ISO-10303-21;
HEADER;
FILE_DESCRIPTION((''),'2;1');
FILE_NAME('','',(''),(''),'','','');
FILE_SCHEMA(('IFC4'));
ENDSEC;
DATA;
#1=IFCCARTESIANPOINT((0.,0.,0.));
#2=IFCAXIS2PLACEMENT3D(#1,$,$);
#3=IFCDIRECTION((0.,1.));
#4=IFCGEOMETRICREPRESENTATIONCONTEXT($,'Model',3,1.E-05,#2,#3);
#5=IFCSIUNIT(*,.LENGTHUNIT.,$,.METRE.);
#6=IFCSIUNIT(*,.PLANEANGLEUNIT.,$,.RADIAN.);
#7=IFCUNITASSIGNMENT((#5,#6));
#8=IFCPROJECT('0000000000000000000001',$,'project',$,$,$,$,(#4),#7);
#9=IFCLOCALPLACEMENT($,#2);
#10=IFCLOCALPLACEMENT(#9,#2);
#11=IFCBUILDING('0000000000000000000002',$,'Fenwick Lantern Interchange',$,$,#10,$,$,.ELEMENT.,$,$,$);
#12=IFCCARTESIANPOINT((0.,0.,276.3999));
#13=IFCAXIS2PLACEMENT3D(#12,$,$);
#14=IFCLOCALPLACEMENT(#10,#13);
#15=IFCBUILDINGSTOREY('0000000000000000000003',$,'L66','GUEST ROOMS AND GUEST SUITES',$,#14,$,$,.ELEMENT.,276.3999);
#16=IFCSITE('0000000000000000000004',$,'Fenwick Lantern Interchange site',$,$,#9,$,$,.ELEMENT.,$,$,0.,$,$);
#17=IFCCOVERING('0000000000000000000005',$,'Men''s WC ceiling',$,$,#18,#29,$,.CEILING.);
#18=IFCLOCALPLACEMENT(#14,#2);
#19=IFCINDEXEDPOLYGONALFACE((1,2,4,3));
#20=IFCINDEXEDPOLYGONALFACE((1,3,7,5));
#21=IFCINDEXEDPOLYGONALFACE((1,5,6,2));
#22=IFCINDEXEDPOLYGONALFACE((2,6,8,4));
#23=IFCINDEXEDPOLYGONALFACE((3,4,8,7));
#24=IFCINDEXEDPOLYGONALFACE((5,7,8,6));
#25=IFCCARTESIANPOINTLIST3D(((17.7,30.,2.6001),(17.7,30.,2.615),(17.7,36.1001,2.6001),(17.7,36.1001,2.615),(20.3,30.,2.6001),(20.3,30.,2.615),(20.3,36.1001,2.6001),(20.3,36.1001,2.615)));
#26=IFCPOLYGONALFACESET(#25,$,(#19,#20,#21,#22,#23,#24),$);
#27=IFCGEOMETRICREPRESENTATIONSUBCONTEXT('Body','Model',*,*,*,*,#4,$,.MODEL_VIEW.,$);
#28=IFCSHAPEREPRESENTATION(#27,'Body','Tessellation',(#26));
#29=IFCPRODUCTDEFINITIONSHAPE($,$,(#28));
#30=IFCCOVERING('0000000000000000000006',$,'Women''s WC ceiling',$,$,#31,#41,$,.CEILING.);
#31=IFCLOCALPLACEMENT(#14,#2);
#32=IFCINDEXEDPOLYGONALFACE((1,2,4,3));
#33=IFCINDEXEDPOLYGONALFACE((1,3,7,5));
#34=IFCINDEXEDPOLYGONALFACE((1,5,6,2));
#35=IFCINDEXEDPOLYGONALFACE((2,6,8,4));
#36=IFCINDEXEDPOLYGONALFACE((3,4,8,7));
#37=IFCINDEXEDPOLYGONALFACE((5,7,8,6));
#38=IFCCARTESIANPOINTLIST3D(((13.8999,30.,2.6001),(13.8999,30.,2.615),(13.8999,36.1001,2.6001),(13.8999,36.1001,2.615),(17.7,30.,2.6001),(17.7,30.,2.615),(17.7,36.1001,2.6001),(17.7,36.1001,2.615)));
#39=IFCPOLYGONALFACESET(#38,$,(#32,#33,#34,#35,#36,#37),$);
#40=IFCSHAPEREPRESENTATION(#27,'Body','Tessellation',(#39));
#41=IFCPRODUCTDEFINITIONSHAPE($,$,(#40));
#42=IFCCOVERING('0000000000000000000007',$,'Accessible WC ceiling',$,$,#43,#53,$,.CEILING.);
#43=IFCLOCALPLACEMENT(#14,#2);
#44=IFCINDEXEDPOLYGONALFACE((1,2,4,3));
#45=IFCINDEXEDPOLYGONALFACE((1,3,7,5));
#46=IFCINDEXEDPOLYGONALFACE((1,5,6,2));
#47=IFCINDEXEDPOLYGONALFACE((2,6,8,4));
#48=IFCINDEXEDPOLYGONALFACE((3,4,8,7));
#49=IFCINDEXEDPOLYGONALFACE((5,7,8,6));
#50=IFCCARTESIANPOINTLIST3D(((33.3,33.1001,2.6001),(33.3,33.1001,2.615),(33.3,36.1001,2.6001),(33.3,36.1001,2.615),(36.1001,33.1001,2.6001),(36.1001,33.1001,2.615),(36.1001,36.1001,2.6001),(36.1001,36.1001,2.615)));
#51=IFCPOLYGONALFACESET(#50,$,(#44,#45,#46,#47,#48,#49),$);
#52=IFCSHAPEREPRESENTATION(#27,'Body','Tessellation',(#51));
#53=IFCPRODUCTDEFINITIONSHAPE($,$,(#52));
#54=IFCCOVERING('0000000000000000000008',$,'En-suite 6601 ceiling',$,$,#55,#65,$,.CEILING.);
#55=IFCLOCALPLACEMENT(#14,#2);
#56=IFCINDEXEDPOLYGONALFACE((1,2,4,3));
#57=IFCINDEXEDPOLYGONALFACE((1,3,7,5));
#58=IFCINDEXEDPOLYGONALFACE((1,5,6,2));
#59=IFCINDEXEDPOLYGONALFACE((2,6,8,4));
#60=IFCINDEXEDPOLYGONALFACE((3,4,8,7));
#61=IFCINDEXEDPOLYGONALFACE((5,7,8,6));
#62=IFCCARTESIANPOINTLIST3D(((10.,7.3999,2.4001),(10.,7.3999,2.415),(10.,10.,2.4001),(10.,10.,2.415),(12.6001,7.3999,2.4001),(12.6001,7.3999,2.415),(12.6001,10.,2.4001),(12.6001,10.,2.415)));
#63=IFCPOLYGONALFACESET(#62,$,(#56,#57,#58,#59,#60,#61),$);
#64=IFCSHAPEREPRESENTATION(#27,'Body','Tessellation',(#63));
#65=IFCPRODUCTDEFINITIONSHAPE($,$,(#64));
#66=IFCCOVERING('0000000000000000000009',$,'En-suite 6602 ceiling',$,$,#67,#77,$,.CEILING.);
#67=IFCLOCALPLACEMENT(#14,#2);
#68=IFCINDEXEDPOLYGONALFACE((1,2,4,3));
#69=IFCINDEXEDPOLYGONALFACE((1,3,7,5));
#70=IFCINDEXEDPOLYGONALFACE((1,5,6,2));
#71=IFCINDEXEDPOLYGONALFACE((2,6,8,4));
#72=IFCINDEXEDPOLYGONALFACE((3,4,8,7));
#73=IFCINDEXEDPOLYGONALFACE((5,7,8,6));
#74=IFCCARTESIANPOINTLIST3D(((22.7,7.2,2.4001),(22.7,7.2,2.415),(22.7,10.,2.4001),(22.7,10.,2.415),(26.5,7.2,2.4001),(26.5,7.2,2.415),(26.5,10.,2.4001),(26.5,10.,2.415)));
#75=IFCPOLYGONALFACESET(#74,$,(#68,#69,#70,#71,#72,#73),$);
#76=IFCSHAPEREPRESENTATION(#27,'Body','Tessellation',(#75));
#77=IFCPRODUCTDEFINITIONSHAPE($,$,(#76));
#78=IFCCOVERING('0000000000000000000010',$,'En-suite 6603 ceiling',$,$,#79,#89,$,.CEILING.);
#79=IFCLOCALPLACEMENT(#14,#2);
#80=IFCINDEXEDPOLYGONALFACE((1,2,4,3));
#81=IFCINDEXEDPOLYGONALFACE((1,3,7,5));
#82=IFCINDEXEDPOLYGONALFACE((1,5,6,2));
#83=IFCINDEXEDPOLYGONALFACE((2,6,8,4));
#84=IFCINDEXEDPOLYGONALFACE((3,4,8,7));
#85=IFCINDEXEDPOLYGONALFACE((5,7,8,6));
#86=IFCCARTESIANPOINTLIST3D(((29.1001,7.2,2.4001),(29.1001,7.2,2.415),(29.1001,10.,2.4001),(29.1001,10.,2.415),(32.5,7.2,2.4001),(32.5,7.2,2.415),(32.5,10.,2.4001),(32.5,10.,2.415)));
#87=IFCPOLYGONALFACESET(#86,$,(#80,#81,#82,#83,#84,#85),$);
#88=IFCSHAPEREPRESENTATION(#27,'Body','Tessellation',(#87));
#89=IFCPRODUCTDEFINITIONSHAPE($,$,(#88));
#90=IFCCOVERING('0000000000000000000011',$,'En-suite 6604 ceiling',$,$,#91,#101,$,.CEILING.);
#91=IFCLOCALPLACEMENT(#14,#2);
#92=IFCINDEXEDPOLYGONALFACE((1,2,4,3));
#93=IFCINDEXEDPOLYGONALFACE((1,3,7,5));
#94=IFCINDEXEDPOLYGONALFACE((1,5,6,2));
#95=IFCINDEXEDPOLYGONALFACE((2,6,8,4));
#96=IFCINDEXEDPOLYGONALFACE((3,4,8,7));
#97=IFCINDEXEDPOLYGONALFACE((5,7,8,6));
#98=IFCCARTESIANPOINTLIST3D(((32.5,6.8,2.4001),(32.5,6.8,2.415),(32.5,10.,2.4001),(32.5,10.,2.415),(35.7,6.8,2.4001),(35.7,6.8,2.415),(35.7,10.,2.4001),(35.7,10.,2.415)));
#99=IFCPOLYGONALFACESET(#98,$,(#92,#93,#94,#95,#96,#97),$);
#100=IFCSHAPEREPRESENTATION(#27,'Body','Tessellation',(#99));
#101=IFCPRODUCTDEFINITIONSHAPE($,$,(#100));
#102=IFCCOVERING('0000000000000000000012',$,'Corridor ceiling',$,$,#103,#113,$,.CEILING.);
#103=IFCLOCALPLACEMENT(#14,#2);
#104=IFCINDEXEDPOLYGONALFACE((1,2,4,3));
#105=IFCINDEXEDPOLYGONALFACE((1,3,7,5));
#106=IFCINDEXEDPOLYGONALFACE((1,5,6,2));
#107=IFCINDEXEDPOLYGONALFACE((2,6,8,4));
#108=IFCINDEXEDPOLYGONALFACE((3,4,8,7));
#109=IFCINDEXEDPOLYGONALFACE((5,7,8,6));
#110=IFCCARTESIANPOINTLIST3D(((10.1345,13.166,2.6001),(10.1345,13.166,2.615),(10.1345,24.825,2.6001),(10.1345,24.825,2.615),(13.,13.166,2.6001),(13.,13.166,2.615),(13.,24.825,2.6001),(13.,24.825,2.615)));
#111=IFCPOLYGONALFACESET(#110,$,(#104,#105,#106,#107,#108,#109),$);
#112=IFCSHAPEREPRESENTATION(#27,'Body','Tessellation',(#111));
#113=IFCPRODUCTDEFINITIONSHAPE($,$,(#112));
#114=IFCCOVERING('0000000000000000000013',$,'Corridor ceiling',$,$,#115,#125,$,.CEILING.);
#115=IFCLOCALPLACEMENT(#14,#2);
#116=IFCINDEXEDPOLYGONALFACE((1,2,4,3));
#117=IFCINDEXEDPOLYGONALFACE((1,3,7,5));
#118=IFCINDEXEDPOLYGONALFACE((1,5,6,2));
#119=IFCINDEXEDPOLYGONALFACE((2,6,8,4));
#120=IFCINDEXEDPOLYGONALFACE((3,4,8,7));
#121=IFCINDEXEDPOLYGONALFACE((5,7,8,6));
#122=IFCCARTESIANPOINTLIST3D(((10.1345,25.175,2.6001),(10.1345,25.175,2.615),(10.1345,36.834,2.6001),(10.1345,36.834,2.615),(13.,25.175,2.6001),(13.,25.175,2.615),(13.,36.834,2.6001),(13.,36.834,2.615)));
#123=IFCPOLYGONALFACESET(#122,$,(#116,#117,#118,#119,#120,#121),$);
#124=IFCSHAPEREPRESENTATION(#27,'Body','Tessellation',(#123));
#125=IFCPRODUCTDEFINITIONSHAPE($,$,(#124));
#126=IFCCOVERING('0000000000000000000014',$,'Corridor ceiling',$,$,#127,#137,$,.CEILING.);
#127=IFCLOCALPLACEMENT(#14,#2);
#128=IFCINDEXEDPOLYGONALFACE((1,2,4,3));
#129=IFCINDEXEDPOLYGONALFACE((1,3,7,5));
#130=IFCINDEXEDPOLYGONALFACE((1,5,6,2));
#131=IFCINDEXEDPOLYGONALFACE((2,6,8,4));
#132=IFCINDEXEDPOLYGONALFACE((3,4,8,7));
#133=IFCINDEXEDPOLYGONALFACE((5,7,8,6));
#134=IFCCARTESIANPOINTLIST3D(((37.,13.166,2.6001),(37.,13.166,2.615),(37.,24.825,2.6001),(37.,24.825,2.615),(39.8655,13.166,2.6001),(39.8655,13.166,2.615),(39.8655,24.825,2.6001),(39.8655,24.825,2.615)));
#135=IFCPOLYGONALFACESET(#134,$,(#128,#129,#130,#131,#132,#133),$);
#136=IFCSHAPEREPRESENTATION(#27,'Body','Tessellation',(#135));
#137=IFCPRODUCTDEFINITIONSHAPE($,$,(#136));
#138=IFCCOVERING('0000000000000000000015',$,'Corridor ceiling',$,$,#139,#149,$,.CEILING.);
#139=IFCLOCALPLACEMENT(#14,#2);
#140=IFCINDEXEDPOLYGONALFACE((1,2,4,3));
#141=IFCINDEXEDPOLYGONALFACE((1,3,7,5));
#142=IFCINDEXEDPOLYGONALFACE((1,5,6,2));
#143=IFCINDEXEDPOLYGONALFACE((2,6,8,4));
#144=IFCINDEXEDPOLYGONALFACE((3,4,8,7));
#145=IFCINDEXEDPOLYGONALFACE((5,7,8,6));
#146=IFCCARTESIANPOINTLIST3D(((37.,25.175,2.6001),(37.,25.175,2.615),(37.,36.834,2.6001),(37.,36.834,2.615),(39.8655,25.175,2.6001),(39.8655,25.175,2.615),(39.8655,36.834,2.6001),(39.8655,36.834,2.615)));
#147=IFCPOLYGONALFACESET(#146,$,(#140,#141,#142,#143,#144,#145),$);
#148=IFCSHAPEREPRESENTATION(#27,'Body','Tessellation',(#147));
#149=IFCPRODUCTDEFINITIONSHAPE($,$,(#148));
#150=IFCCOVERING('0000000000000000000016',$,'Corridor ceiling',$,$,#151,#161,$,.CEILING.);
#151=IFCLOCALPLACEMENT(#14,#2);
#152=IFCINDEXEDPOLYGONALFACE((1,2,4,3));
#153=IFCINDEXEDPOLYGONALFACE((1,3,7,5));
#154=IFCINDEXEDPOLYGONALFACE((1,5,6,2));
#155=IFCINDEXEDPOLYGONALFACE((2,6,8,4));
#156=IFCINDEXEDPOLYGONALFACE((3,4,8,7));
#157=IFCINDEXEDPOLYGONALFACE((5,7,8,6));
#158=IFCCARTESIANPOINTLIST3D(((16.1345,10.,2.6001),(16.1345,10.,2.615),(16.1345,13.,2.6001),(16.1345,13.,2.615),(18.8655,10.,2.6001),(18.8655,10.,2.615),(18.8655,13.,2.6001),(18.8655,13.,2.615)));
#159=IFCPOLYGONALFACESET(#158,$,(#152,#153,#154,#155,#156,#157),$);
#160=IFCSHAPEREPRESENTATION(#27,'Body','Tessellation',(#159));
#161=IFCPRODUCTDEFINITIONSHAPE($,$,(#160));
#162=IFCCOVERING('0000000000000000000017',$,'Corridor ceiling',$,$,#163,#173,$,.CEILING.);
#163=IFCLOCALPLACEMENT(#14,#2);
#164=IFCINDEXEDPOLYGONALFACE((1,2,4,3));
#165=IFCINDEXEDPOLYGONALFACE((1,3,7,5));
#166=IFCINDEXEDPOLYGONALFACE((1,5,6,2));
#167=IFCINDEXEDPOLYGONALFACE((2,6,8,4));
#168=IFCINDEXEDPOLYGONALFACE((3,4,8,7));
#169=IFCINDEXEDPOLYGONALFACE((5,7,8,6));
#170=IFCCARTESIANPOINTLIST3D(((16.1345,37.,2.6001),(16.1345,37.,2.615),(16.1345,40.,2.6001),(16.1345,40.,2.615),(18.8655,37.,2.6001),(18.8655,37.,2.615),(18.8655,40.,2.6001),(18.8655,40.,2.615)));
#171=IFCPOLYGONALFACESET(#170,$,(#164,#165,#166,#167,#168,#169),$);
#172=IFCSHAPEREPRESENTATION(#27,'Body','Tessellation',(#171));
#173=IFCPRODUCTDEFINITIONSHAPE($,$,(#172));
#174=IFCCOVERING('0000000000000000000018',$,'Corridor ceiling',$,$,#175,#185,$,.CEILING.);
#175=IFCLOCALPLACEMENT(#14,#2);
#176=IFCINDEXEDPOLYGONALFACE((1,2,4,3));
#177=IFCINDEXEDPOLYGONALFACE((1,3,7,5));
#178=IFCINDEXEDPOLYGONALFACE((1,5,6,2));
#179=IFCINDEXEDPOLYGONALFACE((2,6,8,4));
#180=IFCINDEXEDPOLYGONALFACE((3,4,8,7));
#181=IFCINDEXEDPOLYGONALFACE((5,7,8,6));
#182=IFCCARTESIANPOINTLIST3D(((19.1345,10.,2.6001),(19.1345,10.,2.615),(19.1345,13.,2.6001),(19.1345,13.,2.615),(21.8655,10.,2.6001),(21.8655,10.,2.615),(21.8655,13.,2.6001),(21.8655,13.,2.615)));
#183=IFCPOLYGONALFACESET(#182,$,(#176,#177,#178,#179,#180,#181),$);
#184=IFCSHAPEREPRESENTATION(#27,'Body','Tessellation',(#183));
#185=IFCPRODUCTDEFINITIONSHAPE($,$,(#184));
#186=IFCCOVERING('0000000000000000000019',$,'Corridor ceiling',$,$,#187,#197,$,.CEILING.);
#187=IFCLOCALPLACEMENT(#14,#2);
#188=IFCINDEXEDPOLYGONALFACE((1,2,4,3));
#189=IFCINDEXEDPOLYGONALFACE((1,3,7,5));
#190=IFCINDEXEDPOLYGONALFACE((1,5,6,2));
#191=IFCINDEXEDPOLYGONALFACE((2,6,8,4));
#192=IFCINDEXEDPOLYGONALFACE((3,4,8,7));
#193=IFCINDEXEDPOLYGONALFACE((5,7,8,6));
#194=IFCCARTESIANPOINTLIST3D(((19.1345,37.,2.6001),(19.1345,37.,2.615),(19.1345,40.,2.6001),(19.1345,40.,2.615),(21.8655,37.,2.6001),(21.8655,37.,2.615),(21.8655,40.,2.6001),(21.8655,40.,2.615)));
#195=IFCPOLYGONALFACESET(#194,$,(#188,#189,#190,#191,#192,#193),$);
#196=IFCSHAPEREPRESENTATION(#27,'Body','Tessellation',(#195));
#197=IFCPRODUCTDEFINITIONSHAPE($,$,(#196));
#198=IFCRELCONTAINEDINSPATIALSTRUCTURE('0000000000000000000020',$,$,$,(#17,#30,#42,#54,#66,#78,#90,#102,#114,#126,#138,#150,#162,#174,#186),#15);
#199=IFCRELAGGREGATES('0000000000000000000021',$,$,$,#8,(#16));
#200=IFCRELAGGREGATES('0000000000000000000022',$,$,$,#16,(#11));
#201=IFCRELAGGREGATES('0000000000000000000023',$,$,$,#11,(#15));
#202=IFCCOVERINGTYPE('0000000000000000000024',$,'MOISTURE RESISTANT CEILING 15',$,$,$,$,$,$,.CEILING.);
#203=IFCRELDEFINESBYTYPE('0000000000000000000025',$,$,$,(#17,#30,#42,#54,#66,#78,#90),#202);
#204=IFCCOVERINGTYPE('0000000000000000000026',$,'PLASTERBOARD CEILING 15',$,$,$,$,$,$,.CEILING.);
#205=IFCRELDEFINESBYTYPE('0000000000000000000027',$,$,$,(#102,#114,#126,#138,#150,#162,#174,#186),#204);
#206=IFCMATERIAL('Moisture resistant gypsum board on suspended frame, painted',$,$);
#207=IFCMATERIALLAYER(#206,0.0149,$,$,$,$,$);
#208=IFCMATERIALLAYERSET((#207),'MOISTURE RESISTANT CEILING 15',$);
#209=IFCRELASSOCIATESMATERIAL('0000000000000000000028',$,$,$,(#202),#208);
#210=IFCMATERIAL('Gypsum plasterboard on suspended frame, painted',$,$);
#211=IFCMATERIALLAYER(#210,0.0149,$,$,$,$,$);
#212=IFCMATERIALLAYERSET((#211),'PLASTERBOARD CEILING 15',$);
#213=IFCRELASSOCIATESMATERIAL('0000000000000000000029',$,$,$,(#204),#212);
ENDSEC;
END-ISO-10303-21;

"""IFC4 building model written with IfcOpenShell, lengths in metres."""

from ifc_helpers import new_model, si_unit, direction, frame, origin, place, context, subcontext, project, spatial, polyline, outline, extrude, material, layer, layer_set, type_object, element, save


model = new_model("IFC4")

# Units and contexts
model_context = context("Model", 3, precision=1e-05, world=origin(), true_north=direction((0.0, 1.0)))
body_context = subcontext(model_context, "Body", "Model", "MODEL_VIEW")
ifc_project = project(units=[si_unit("LENGTHUNIT", "METRE"), si_unit("PLANEANGLEUNIT", "RADIAN")], contexts=[model_context])

# Site, building, storey
site_placement = place(None, origin())
site = spatial("IfcSite", under=ifc_project, at=site_placement, Name="Fenwick Lantern Interchange site", CompositionType="ELEMENT", RefElevation=0.0)
building_placement = place(site_placement, origin())
building = spatial("IfcBuilding", under=site, at=building_placement, Name="Fenwick Lantern Interchange", CompositionType="ELEMENT")
storey_placement = place(building_placement, frame((0.0, 0.0, 276.3999)))
storey = spatial("IfcBuildingStorey", under=building, at=storey_placement, Name="L66", Description="GUEST ROOMS AND GUEST SUITES", CompositionType="ELEMENT", Elevation=276.3999)

# Coverings
ifc_material_1 = material(Name="Moisture resistant gypsum board on suspended frame, painted")
ifc_layer_1 = layer(ifc_material_1, 0.0149)
ifc_layer_set_1 = layer_set([ifc_layer_1], Name="MOISTURE RESISTANT CEILING 15")
covering_type_1 = type_object("IfcCoveringType", Name="MOISTURE RESISTANT CEILING 15", PredefinedType="CEILING", material=ifc_layer_set_1)
covering_1_placement = place(storey_placement, frame((0.0, 0.0, 2.6001)))
element("IfcCovering", 1, at=covering_1_placement, inside=storey, type_object=covering_type_1, Name="Men's WC ceiling", PredefinedType="CEILING", context=body_context, shape_type="SweptSolid", body=[
    extrude(outline(polyline([(20.3, 36.1001), (17.7, 36.1001), (17.7, 30.0), (20.3, 30.0), (20.3, 36.1001)])), origin(), (0.0, 0.0, 1.0), 0.0149),
])
covering_2_placement = place(storey_placement, frame((0.0, 0.0, 2.6001)))
element("IfcCovering", 2, at=covering_2_placement, inside=storey, type_object=covering_type_1, Name="Women's WC ceiling", PredefinedType="CEILING", context=body_context, shape_type="SweptSolid", body=[
    extrude(outline(polyline([(17.7, 36.1001), (13.8999, 36.1001), (13.8999, 30.0), (17.7, 30.0), (17.7, 36.1001)])), origin(), (0.0, 0.0, 1.0), 0.0149),
])
covering_3_placement = place(storey_placement, frame((0.0, 0.0, 2.6001)))
element("IfcCovering", 3, at=covering_3_placement, inside=storey, type_object=covering_type_1, Name="Accessible WC ceiling", PredefinedType="CEILING", context=body_context, shape_type="SweptSolid", body=[
    extrude(outline(polyline([(36.1001, 36.1001), (33.3, 36.1001), (33.3, 33.1001), (36.1001, 33.1001), (36.1001, 36.1001)])), origin(), (0.0, 0.0, 1.0), 0.0149),
])
covering_4_placement = place(storey_placement, frame((0.0, 0.0, 2.4001)))
element("IfcCovering", 4, at=covering_4_placement, inside=storey, type_object=covering_type_1, Name="En-suite 6601 ceiling", PredefinedType="CEILING", context=body_context, shape_type="SweptSolid", body=[
    extrude(outline(polyline([(10.0, 7.3999), (12.6001, 7.3999), (12.6001, 10.0), (10.0, 10.0), (10.0, 7.3999)])), origin(), (0.0, 0.0, 1.0), 0.0149),
])
covering_5_placement = place(storey_placement, frame((0.0, 0.0, 2.4001)))
element("IfcCovering", 5, at=covering_5_placement, inside=storey, type_object=covering_type_1, Name="En-suite 6602 ceiling", PredefinedType="CEILING", context=body_context, shape_type="SweptSolid", body=[
    extrude(outline(polyline([(22.7, 7.2), (26.5, 7.2), (26.5, 10.0), (22.7, 10.0), (22.7, 7.2)])), origin(), (0.0, 0.0, 1.0), 0.0149),
])
covering_6_placement = place(storey_placement, frame((0.0, 0.0, 2.4001)))
element("IfcCovering", 6, at=covering_6_placement, inside=storey, type_object=covering_type_1, Name="En-suite 6603 ceiling", PredefinedType="CEILING", context=body_context, shape_type="SweptSolid", body=[
    extrude(outline(polyline([(29.1001, 7.2), (32.5, 7.2), (32.5, 10.0), (29.1001, 10.0), (29.1001, 7.2)])), origin(), (0.0, 0.0, 1.0), 0.0149),
])
covering_7_placement = place(storey_placement, frame((0.0, 0.0, 2.4001)))
element("IfcCovering", 7, at=covering_7_placement, inside=storey, type_object=covering_type_1, Name="En-suite 6604 ceiling", PredefinedType="CEILING", context=body_context, shape_type="SweptSolid", body=[
    extrude(outline(polyline([(32.5, 6.8), (35.7, 6.8), (35.7, 10.0), (32.5, 10.0), (32.5, 6.8)])), origin(), (0.0, 0.0, 1.0), 0.0149),
])
ifc_material_2 = material(Name="Gypsum plasterboard on suspended frame, painted")
ifc_layer_2 = layer(ifc_material_2, 0.0149)
ifc_layer_set_2 = layer_set([ifc_layer_2], Name="PLASTERBOARD CEILING 15")
covering_type_2 = type_object("IfcCoveringType", Name="PLASTERBOARD CEILING 15", PredefinedType="CEILING", material=ifc_layer_set_2)
covering_8_placement = place(storey_placement, frame((0.0, 0.0, 2.6001)))
element("IfcCovering", 8, at=covering_8_placement, inside=storey, type_object=covering_type_2, Name="Corridor ceiling", PredefinedType="CEILING", context=body_context, shape_type="SweptSolid", body=[
    extrude(outline(polyline([(13.0, 13.166), (13.0, 24.825), (10.1345, 24.825), (10.1345, 13.166), (13.0, 13.166)])), origin(), (0.0, 0.0, 1.0), 0.0149),
])
covering_9_placement = place(storey_placement, frame((0.0, 0.0, 2.6001)))
element("IfcCovering", 9, at=covering_9_placement, inside=storey, type_object=covering_type_2, Name="Corridor ceiling", PredefinedType="CEILING", context=body_context, shape_type="SweptSolid", body=[
    extrude(outline(polyline([(13.0, 25.175), (13.0, 36.834), (10.1345, 36.834), (10.1345, 25.175), (13.0, 25.175)])), origin(), (0.0, 0.0, 1.0), 0.0149),
])
covering_10_placement = place(storey_placement, frame((0.0, 0.0, 2.6001)))
element("IfcCovering", 10, at=covering_10_placement, inside=storey, type_object=covering_type_2, Name="Corridor ceiling", PredefinedType="CEILING", context=body_context, shape_type="SweptSolid", body=[
    extrude(outline(polyline([(37.0, 24.825), (37.0, 13.166), (39.8655, 13.166), (39.8655, 24.825), (37.0, 24.825)])), origin(), (0.0, 0.0, 1.0), 0.0149),
])
covering_11_placement = place(storey_placement, frame((0.0, 0.0, 2.6001)))
element("IfcCovering", 11, at=covering_11_placement, inside=storey, type_object=covering_type_2, Name="Corridor ceiling", PredefinedType="CEILING", context=body_context, shape_type="SweptSolid", body=[
    extrude(outline(polyline([(37.0, 36.834), (37.0, 25.175), (39.8655, 25.175), (39.8655, 36.834), (37.0, 36.834)])), origin(), (0.0, 0.0, 1.0), 0.0149),
])
covering_12_placement = place(storey_placement, frame((0.0, 0.0, 2.6001)))
element("IfcCovering", 12, at=covering_12_placement, inside=storey, type_object=covering_type_2, Name="Corridor ceiling", PredefinedType="CEILING", context=body_context, shape_type="SweptSolid", body=[
    extrude(outline(polyline([(16.1345, 10.0), (18.8655, 10.0), (18.8655, 13.0), (16.1345, 13.0), (16.1345, 10.0)])), origin(), (0.0, 0.0, 1.0), 0.0149),
])
covering_13_placement = place(storey_placement, frame((0.0, 0.0, 2.6001)))
element("IfcCovering", 13, at=covering_13_placement, inside=storey, type_object=covering_type_2, Name="Corridor ceiling", PredefinedType="CEILING", context=body_context, shape_type="SweptSolid", body=[
    extrude(outline(polyline([(18.8655, 40.0), (16.1345, 40.0), (16.1345, 37.0), (18.8655, 37.0), (18.8655, 40.0)])), origin(), (0.0, 0.0, 1.0), 0.0149),
])
covering_14_placement = place(storey_placement, frame((0.0, 0.0, 2.6001)))
element("IfcCovering", 14, at=covering_14_placement, inside=storey, type_object=covering_type_2, Name="Corridor ceiling", PredefinedType="CEILING", context=body_context, shape_type="SweptSolid", body=[
    extrude(outline(polyline([(19.1345, 10.0), (21.8655, 10.0), (21.8655, 13.0), (19.1345, 13.0), (19.1345, 10.0)])), origin(), (0.0, 0.0, 1.0), 0.0149),
])
covering_15_placement = place(storey_placement, frame((0.0, 0.0, 2.6001)))
element("IfcCovering", 15, at=covering_15_placement, inside=storey, type_object=covering_type_2, Name="Corridor ceiling", PredefinedType="CEILING", context=body_context, shape_type="SweptSolid", body=[
    extrude(outline(polyline([(21.8655, 40.0), (19.1345, 40.0), (19.1345, 37.0), (21.8655, 37.0), (21.8655, 40.0)])), origin(), (0.0, 0.0, 1.0), 0.0149),
])

save(model, "model.ifc")
